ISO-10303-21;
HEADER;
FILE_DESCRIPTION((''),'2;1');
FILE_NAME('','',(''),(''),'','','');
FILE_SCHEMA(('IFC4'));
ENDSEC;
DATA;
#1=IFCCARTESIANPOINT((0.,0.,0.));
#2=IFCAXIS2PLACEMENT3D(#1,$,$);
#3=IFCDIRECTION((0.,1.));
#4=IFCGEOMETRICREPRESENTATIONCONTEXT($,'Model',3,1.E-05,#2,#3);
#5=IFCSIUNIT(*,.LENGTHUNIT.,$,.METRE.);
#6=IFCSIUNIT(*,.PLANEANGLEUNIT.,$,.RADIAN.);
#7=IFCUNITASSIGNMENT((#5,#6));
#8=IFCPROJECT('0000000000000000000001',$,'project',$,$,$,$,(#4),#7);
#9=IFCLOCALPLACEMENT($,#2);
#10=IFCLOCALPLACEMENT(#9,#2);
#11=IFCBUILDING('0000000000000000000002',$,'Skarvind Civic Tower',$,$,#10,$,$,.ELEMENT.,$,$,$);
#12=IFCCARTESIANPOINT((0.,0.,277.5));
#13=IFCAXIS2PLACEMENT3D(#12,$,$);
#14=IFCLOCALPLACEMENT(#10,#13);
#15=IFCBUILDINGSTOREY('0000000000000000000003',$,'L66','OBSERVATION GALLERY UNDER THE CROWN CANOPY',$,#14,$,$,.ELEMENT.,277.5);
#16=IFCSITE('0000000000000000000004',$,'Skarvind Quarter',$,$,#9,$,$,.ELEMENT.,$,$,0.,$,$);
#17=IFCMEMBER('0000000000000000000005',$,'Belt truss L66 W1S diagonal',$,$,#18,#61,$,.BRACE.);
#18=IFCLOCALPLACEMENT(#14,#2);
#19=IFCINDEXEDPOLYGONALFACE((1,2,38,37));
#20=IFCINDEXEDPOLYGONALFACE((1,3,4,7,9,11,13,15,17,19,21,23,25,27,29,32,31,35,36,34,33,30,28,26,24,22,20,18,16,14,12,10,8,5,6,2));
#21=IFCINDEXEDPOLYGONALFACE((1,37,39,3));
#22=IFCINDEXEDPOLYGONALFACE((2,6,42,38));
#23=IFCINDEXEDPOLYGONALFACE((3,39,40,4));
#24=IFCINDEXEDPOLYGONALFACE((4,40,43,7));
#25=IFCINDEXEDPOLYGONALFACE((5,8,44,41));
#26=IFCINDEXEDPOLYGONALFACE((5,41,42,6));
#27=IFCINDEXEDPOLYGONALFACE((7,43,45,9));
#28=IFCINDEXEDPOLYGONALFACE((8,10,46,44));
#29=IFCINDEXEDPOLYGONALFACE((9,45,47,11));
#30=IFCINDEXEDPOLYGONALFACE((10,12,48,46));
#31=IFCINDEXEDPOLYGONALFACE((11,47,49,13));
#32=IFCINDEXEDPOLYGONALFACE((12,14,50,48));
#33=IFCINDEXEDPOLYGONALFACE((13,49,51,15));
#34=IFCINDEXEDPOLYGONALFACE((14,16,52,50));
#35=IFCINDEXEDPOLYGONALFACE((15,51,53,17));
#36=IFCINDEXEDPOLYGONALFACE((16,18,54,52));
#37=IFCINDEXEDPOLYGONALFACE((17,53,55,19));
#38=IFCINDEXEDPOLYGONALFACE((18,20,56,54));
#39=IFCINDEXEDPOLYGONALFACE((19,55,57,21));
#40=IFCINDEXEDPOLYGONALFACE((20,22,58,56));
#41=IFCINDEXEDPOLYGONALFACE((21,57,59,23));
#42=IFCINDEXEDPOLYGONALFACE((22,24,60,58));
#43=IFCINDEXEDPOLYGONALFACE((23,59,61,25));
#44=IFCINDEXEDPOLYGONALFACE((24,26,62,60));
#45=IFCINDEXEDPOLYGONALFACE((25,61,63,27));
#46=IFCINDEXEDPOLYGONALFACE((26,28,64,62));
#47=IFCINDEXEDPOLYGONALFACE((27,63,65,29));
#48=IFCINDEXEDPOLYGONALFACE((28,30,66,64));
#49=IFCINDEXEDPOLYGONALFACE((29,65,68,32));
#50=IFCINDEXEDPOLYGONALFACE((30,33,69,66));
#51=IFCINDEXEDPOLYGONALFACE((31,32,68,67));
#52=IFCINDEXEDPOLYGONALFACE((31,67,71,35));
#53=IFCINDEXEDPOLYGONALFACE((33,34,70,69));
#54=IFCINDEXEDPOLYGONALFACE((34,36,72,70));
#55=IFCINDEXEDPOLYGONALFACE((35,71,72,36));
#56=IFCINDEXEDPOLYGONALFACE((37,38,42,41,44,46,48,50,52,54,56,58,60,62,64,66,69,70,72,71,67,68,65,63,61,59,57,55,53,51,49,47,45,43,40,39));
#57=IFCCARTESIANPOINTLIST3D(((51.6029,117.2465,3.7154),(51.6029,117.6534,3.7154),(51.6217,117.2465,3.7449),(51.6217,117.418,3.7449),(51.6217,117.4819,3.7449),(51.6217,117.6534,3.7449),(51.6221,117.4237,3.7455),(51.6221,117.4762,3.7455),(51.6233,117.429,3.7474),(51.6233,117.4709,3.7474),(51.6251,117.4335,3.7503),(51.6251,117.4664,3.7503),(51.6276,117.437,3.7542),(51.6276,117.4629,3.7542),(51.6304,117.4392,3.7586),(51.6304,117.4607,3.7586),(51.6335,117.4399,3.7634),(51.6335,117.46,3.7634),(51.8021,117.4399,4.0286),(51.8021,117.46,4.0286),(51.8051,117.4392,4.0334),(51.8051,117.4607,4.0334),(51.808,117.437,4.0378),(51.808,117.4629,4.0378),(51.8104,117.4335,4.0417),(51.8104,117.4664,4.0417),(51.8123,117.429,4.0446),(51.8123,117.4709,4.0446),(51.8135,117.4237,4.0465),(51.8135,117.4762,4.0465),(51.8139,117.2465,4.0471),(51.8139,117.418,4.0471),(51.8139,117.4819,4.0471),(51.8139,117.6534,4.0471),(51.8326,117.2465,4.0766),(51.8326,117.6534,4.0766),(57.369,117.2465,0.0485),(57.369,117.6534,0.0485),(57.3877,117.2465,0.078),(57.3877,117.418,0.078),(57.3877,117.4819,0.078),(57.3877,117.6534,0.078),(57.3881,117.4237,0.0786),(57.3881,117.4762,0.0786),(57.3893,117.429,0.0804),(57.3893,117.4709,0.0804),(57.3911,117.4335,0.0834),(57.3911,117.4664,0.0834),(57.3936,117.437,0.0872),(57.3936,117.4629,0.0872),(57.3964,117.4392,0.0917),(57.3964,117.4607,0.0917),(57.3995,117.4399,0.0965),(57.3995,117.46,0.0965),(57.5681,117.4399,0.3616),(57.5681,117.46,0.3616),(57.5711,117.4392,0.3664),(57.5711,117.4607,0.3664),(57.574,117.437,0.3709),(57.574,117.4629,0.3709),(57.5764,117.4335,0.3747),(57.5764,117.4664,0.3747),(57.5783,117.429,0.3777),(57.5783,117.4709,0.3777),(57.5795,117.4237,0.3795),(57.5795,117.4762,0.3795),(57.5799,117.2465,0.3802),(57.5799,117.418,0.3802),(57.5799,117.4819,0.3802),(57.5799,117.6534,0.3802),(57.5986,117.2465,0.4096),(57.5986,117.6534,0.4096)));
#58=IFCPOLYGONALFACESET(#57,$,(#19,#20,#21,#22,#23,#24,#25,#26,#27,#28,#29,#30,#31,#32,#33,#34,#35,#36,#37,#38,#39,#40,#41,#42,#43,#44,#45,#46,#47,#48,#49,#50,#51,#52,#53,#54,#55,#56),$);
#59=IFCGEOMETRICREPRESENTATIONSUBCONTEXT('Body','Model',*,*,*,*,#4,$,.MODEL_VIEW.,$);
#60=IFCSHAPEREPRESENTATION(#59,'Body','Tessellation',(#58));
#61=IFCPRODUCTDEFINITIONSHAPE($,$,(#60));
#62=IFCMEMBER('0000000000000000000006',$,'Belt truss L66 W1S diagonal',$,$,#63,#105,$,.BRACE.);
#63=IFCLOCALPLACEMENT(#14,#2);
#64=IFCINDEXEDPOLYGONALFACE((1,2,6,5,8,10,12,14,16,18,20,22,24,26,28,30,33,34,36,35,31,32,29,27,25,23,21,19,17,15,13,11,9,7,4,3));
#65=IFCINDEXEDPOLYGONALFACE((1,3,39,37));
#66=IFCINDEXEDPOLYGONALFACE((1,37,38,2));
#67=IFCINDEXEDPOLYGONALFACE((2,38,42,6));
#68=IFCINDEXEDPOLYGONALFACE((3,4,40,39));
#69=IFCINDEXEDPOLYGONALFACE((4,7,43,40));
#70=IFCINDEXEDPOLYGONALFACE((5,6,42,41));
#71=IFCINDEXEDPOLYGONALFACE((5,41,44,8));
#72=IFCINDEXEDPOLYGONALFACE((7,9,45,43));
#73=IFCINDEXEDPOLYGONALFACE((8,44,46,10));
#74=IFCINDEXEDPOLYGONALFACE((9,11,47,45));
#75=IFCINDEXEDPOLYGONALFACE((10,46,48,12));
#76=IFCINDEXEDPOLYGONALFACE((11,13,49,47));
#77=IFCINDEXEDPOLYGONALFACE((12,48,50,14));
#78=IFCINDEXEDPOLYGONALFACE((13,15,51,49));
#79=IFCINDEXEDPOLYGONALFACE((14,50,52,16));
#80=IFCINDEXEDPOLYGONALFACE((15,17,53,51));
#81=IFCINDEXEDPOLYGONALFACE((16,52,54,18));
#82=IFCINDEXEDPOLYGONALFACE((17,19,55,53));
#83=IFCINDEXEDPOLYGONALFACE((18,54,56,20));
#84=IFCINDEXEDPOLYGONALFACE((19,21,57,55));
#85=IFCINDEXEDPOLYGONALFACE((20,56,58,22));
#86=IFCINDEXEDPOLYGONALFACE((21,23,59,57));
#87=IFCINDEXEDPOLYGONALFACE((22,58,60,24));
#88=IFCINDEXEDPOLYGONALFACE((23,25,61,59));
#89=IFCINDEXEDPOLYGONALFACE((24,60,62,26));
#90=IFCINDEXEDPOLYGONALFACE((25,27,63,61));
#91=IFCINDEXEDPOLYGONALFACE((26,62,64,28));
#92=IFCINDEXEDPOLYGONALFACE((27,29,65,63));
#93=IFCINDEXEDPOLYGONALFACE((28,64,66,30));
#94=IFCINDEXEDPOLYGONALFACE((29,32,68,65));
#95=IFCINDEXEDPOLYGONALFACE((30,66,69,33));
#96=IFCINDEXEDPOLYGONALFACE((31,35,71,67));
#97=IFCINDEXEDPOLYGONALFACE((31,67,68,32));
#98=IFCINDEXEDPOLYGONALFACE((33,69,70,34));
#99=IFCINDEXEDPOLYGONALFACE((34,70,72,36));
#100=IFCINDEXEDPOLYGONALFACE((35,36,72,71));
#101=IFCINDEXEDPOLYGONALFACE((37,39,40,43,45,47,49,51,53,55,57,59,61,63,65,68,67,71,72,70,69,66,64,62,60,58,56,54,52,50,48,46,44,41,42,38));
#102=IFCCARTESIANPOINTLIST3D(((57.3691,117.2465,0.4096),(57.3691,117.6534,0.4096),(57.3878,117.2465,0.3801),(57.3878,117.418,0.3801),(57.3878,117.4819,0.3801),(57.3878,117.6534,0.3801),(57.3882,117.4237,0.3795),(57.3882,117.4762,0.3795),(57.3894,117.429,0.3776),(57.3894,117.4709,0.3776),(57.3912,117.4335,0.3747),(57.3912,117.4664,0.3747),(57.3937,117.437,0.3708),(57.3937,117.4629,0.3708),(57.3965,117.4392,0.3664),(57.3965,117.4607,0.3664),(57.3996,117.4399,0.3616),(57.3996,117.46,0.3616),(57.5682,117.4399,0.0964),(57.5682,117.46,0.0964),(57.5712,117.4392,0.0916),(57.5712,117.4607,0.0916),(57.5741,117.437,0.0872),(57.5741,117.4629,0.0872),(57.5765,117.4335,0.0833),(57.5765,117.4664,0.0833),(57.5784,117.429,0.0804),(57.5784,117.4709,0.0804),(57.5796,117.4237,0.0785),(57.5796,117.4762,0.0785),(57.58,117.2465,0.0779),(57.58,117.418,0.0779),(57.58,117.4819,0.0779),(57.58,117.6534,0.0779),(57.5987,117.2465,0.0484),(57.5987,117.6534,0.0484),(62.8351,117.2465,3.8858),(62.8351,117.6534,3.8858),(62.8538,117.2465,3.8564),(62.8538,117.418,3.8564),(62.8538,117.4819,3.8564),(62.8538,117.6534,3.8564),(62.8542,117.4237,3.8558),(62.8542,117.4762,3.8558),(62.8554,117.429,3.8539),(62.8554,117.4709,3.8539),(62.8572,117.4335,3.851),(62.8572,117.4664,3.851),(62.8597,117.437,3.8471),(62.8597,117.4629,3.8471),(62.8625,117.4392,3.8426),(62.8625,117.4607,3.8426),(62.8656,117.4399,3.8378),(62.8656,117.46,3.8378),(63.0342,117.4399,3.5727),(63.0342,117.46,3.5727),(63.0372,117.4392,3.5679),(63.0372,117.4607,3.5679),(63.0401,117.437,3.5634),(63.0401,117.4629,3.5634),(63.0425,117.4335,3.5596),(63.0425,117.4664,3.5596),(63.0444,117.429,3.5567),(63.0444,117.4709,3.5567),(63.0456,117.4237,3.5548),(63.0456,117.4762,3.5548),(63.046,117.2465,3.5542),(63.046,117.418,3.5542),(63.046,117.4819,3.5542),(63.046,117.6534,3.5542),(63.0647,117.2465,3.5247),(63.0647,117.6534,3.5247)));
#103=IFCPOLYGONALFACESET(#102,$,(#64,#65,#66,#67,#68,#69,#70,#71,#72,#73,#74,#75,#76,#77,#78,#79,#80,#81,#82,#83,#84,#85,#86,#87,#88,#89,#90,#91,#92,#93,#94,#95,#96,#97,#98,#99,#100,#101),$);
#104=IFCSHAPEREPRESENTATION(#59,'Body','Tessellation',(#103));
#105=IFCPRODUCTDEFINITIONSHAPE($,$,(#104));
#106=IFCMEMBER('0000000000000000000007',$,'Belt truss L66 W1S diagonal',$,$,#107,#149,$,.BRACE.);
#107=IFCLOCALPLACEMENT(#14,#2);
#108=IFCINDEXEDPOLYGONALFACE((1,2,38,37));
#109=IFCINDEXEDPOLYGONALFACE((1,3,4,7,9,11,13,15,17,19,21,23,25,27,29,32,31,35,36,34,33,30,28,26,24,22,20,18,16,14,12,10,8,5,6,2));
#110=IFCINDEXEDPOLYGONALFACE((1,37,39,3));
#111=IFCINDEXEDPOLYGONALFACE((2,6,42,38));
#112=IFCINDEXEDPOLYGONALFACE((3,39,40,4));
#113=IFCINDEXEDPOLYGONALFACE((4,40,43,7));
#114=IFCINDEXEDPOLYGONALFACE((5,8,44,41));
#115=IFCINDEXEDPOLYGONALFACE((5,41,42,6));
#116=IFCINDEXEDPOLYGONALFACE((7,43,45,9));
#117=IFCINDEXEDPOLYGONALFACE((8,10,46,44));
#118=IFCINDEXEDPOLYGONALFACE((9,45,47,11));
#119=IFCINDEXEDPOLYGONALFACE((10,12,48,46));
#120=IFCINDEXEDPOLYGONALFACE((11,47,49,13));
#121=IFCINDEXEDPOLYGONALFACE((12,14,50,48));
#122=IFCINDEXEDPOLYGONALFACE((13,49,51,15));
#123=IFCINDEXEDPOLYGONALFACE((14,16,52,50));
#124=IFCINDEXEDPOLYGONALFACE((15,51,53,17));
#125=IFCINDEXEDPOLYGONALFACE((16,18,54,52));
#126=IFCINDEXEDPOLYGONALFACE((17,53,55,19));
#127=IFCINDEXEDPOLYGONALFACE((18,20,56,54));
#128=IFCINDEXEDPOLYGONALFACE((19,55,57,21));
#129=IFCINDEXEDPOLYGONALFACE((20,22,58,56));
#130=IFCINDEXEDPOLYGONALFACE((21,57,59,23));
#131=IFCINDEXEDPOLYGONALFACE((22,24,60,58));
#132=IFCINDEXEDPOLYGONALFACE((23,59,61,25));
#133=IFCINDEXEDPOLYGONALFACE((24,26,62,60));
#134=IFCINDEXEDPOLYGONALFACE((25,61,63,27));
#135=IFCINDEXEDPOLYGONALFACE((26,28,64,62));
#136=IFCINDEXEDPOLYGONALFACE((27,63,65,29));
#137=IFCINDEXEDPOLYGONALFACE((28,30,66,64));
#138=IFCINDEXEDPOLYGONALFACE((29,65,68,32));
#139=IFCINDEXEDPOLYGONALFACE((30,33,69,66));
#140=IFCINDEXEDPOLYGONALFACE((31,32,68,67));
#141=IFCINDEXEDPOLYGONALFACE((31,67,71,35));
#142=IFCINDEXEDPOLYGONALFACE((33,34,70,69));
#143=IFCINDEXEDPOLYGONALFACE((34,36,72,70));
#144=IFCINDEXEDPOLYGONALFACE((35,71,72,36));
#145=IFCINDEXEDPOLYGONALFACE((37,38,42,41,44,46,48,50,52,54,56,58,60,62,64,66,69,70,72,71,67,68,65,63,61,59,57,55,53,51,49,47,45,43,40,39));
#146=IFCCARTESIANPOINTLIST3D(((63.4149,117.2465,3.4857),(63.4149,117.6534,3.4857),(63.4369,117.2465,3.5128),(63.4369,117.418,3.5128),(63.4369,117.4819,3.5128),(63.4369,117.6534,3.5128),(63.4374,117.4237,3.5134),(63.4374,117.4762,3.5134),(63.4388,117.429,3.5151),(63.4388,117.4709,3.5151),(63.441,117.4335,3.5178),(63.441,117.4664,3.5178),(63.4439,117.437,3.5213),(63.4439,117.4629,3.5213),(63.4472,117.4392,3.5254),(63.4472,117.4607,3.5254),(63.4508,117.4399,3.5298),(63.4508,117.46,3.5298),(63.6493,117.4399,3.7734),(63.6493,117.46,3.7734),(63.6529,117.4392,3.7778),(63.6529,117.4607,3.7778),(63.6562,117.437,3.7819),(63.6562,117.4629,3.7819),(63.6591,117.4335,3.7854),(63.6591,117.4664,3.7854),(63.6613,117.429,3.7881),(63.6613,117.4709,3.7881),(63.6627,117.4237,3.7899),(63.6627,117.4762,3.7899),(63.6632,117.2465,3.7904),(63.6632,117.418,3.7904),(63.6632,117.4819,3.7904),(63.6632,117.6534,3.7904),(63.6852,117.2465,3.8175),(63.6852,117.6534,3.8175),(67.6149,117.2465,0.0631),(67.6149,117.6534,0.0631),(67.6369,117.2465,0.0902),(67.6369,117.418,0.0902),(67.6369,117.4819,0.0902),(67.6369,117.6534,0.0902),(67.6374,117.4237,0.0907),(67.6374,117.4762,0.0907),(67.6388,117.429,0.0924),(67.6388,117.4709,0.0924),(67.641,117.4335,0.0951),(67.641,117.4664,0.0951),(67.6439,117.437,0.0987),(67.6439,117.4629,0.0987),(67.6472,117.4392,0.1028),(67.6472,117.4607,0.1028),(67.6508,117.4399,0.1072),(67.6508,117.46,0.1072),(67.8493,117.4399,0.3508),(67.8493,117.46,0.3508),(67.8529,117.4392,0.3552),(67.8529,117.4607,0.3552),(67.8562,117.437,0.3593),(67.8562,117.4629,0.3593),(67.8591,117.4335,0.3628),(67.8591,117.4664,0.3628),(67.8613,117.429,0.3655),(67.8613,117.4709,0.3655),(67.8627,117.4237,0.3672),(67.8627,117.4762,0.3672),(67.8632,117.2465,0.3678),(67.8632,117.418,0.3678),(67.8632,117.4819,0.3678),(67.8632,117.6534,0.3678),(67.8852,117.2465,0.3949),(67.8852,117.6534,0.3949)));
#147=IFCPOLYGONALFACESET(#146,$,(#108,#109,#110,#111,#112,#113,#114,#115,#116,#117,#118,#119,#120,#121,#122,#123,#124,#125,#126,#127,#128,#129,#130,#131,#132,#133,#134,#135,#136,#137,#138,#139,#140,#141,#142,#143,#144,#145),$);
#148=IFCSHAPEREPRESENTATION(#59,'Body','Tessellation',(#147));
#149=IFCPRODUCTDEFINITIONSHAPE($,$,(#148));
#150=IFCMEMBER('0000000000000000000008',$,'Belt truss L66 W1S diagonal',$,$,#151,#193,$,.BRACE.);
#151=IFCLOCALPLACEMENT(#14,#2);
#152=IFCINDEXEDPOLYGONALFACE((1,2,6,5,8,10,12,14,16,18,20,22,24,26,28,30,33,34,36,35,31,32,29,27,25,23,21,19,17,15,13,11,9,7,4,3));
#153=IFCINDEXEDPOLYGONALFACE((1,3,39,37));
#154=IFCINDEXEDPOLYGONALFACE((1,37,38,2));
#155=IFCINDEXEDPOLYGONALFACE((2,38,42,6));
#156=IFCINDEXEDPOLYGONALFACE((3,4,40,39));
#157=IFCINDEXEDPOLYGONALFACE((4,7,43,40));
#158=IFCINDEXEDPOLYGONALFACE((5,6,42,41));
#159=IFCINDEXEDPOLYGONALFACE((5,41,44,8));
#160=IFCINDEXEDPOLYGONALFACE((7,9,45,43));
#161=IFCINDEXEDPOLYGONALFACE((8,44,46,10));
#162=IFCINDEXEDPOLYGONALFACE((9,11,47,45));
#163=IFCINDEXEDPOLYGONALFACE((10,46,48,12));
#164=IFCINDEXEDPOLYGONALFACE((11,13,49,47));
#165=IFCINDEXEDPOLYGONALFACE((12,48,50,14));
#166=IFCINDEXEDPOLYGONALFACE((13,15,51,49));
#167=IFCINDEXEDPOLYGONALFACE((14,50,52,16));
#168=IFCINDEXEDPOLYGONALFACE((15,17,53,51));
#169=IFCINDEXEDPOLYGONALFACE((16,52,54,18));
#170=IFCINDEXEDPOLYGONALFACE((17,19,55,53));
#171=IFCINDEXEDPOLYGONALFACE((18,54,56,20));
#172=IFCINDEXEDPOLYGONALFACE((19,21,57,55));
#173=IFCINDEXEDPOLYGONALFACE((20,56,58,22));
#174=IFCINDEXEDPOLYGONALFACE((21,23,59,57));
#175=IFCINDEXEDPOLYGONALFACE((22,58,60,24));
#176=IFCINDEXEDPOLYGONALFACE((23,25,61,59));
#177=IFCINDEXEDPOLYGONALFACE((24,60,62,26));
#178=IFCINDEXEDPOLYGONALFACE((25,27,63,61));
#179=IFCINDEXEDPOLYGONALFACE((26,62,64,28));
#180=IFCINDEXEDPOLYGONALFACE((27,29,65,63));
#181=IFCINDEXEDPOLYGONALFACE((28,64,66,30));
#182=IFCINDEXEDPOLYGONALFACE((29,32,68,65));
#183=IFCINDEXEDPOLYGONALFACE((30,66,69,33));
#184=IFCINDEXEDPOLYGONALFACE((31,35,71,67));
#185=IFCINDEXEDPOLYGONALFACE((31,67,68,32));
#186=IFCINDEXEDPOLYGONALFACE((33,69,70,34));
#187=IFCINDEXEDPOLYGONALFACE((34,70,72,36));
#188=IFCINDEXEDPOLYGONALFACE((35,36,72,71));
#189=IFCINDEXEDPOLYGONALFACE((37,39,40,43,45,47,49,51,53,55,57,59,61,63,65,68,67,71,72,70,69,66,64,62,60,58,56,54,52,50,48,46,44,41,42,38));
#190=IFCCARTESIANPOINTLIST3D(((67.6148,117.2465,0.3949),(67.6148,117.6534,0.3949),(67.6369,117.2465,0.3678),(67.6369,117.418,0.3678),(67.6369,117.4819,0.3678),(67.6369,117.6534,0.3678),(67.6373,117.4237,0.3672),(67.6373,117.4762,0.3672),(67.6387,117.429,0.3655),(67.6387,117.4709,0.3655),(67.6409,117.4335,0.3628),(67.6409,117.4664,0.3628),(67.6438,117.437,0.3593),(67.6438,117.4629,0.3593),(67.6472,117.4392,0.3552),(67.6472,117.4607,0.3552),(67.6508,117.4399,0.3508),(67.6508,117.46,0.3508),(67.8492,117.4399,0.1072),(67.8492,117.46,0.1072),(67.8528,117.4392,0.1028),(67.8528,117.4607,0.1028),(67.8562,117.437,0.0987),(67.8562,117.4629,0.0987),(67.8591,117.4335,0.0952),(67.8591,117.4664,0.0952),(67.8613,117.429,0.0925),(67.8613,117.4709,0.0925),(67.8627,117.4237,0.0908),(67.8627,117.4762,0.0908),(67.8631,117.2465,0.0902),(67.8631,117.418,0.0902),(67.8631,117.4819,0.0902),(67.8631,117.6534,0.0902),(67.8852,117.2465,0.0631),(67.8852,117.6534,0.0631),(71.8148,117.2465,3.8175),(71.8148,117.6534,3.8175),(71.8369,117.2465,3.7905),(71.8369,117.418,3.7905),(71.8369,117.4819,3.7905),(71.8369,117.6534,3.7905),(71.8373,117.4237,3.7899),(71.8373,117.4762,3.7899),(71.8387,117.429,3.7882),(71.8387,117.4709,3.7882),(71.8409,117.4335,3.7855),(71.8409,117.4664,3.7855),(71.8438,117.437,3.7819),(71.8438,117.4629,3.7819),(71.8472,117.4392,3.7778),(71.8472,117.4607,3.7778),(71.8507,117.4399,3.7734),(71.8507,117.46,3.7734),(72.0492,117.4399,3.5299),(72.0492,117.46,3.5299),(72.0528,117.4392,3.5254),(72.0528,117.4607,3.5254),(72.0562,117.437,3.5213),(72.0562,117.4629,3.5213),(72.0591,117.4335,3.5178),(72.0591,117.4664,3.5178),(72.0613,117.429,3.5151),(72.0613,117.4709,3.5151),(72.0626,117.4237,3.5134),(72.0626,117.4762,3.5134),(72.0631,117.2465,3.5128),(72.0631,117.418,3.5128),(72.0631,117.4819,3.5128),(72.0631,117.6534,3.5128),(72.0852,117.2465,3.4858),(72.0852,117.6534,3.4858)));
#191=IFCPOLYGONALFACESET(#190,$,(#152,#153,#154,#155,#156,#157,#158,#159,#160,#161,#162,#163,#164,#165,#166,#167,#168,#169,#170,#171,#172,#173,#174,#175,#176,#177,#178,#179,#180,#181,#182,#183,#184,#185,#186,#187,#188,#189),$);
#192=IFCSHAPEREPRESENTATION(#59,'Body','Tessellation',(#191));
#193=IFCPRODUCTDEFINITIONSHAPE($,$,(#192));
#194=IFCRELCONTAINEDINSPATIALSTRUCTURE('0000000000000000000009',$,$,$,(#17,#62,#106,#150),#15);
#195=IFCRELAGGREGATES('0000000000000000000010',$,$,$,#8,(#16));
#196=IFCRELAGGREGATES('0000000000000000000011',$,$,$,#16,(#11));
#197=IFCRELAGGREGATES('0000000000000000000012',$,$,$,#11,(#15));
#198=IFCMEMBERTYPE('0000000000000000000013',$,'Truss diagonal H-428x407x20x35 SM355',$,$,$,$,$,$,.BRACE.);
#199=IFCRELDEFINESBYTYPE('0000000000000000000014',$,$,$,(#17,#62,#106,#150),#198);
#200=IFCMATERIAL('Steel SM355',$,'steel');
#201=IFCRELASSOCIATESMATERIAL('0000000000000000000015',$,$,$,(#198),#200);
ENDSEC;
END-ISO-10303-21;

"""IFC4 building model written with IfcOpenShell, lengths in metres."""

from ifc_helpers import new_model, si_unit, direction, frame, origin, origin_2d, place, context, subcontext, project, spatial, i_section, extrude, material, material_profile, profile_set, type_object, element, save


model = new_model("IFC4")

# Units and contexts
model_context = context("Model", 3, precision=1e-05, world=origin(), true_north=direction((0.0, 1.0)))
body_context = subcontext(model_context, "Body", "Model", "MODEL_VIEW")
ifc_project = project(units=[si_unit("LENGTHUNIT", "METRE"), si_unit("PLANEANGLEUNIT", "RADIAN")], contexts=[model_context])

# Site, building, storey
site_placement = place(None, origin())
site = spatial("IfcSite", under=ifc_project, at=site_placement, Name="Skarvind Quarter", CompositionType="ELEMENT", RefElevation=0.0)
building_placement = place(site_placement, origin())
building = spatial("IfcBuilding", under=site, at=building_placement, Name="Skarvind Civic Tower", CompositionType="ELEMENT")
storey_placement = place(building_placement, frame((0.0, 0.0, 277.5)))
storey = spatial("IfcBuildingStorey", under=building, at=storey_placement, Name="L66", Description="OBSERVATION GALLERY UNDER THE CROWN CANOPY", CompositionType="ELEMENT", Elevation=277.5)

# Members
ifc_material_1 = material(Name="Steel SM355", Category="steel")
ifc_material_profile_1 = material_profile(ifc_material_1, i_section(OverallWidth=0.407, OverallDepth=0.428, WebThickness=0.02, FlangeThickness=0.0349, FilletRadius=0.022, at=origin_2d()), Name="H-428x407x20x35")
ifc_profile_set_1 = profile_set([ifc_material_profile_1], Name="Steel SM355")
member_type_1 = type_object("IfcMemberType", Name="Truss diagonal H-428x407x20x35 SM355", PredefinedType="BRACE", material=ifc_profile_set_1)
member_1_placement = place(storey_placement, frame((51.7178, 117.45, 3.896), z_axis=(0.843817, 0.0, -0.53663), x_axis=(0.0, 1.0, 0.0)))
element("IfcMember", 1, at=member_1_placement, inside=storey, type_object=member_type_1, Name="Belt truss L66 W1S diagonal", PredefinedType="BRACE", context=body_context, shape_type="SweptSolid", body=[
    extrude(i_section(OverallWidth=0.407, OverallDepth=0.428, WebThickness=0.02, FlangeThickness=0.0349, FilletRadius=0.022, at=origin_2d()), origin(), (0.0, 0.0, 1.0), 6.8333),
])
member_2_placement = place(storey_placement, frame((57.4839, 117.45, 0.229), z_axis=(0.843807, 0.0, 0.536646), x_axis=(0.0, 1.0, 0.0)))
element("IfcMember", 2, at=member_2_placement, inside=storey, type_object=member_type_1, Name="Belt truss L66 W1S diagonal", PredefinedType="BRACE", context=body_context, shape_type="SweptSolid", body=[
    extrude(i_section(OverallWidth=0.407, OverallDepth=0.428, WebThickness=0.02, FlangeThickness=0.0349, FilletRadius=0.022, at=origin_2d()), origin(), (0.0, 0.0, 1.0), 6.4778),
])
for number, where, z_axis, x_axis, name in (
    (3, (63.55, 117.45, 3.6516), (0.775197, 0.0, -0.63172), (0.0, 1.0, 0.0), "Belt truss L66 W1S diagonal"),
    (4, (67.75, 117.45, 0.229), (0.775197, 0.0, 0.63172), (0.0, 1.0, 0.0), "Belt truss L66 W1S diagonal"),
):
    element("IfcMember", number, at=place(storey_placement, frame(where, z_axis=z_axis, x_axis=x_axis)), inside=storey, type_object=member_type_1, Name=name, PredefinedType="BRACE", context=body_context, shape_type="SweptSolid", body=[
        extrude(i_section(OverallWidth=0.407, OverallDepth=0.428, WebThickness=0.02, FlangeThickness=0.0349, FilletRadius=0.022, at=origin_2d()), origin(), (0.0, 0.0, 1.0), 5.418),
    ])

save(model, "model.ifc")
